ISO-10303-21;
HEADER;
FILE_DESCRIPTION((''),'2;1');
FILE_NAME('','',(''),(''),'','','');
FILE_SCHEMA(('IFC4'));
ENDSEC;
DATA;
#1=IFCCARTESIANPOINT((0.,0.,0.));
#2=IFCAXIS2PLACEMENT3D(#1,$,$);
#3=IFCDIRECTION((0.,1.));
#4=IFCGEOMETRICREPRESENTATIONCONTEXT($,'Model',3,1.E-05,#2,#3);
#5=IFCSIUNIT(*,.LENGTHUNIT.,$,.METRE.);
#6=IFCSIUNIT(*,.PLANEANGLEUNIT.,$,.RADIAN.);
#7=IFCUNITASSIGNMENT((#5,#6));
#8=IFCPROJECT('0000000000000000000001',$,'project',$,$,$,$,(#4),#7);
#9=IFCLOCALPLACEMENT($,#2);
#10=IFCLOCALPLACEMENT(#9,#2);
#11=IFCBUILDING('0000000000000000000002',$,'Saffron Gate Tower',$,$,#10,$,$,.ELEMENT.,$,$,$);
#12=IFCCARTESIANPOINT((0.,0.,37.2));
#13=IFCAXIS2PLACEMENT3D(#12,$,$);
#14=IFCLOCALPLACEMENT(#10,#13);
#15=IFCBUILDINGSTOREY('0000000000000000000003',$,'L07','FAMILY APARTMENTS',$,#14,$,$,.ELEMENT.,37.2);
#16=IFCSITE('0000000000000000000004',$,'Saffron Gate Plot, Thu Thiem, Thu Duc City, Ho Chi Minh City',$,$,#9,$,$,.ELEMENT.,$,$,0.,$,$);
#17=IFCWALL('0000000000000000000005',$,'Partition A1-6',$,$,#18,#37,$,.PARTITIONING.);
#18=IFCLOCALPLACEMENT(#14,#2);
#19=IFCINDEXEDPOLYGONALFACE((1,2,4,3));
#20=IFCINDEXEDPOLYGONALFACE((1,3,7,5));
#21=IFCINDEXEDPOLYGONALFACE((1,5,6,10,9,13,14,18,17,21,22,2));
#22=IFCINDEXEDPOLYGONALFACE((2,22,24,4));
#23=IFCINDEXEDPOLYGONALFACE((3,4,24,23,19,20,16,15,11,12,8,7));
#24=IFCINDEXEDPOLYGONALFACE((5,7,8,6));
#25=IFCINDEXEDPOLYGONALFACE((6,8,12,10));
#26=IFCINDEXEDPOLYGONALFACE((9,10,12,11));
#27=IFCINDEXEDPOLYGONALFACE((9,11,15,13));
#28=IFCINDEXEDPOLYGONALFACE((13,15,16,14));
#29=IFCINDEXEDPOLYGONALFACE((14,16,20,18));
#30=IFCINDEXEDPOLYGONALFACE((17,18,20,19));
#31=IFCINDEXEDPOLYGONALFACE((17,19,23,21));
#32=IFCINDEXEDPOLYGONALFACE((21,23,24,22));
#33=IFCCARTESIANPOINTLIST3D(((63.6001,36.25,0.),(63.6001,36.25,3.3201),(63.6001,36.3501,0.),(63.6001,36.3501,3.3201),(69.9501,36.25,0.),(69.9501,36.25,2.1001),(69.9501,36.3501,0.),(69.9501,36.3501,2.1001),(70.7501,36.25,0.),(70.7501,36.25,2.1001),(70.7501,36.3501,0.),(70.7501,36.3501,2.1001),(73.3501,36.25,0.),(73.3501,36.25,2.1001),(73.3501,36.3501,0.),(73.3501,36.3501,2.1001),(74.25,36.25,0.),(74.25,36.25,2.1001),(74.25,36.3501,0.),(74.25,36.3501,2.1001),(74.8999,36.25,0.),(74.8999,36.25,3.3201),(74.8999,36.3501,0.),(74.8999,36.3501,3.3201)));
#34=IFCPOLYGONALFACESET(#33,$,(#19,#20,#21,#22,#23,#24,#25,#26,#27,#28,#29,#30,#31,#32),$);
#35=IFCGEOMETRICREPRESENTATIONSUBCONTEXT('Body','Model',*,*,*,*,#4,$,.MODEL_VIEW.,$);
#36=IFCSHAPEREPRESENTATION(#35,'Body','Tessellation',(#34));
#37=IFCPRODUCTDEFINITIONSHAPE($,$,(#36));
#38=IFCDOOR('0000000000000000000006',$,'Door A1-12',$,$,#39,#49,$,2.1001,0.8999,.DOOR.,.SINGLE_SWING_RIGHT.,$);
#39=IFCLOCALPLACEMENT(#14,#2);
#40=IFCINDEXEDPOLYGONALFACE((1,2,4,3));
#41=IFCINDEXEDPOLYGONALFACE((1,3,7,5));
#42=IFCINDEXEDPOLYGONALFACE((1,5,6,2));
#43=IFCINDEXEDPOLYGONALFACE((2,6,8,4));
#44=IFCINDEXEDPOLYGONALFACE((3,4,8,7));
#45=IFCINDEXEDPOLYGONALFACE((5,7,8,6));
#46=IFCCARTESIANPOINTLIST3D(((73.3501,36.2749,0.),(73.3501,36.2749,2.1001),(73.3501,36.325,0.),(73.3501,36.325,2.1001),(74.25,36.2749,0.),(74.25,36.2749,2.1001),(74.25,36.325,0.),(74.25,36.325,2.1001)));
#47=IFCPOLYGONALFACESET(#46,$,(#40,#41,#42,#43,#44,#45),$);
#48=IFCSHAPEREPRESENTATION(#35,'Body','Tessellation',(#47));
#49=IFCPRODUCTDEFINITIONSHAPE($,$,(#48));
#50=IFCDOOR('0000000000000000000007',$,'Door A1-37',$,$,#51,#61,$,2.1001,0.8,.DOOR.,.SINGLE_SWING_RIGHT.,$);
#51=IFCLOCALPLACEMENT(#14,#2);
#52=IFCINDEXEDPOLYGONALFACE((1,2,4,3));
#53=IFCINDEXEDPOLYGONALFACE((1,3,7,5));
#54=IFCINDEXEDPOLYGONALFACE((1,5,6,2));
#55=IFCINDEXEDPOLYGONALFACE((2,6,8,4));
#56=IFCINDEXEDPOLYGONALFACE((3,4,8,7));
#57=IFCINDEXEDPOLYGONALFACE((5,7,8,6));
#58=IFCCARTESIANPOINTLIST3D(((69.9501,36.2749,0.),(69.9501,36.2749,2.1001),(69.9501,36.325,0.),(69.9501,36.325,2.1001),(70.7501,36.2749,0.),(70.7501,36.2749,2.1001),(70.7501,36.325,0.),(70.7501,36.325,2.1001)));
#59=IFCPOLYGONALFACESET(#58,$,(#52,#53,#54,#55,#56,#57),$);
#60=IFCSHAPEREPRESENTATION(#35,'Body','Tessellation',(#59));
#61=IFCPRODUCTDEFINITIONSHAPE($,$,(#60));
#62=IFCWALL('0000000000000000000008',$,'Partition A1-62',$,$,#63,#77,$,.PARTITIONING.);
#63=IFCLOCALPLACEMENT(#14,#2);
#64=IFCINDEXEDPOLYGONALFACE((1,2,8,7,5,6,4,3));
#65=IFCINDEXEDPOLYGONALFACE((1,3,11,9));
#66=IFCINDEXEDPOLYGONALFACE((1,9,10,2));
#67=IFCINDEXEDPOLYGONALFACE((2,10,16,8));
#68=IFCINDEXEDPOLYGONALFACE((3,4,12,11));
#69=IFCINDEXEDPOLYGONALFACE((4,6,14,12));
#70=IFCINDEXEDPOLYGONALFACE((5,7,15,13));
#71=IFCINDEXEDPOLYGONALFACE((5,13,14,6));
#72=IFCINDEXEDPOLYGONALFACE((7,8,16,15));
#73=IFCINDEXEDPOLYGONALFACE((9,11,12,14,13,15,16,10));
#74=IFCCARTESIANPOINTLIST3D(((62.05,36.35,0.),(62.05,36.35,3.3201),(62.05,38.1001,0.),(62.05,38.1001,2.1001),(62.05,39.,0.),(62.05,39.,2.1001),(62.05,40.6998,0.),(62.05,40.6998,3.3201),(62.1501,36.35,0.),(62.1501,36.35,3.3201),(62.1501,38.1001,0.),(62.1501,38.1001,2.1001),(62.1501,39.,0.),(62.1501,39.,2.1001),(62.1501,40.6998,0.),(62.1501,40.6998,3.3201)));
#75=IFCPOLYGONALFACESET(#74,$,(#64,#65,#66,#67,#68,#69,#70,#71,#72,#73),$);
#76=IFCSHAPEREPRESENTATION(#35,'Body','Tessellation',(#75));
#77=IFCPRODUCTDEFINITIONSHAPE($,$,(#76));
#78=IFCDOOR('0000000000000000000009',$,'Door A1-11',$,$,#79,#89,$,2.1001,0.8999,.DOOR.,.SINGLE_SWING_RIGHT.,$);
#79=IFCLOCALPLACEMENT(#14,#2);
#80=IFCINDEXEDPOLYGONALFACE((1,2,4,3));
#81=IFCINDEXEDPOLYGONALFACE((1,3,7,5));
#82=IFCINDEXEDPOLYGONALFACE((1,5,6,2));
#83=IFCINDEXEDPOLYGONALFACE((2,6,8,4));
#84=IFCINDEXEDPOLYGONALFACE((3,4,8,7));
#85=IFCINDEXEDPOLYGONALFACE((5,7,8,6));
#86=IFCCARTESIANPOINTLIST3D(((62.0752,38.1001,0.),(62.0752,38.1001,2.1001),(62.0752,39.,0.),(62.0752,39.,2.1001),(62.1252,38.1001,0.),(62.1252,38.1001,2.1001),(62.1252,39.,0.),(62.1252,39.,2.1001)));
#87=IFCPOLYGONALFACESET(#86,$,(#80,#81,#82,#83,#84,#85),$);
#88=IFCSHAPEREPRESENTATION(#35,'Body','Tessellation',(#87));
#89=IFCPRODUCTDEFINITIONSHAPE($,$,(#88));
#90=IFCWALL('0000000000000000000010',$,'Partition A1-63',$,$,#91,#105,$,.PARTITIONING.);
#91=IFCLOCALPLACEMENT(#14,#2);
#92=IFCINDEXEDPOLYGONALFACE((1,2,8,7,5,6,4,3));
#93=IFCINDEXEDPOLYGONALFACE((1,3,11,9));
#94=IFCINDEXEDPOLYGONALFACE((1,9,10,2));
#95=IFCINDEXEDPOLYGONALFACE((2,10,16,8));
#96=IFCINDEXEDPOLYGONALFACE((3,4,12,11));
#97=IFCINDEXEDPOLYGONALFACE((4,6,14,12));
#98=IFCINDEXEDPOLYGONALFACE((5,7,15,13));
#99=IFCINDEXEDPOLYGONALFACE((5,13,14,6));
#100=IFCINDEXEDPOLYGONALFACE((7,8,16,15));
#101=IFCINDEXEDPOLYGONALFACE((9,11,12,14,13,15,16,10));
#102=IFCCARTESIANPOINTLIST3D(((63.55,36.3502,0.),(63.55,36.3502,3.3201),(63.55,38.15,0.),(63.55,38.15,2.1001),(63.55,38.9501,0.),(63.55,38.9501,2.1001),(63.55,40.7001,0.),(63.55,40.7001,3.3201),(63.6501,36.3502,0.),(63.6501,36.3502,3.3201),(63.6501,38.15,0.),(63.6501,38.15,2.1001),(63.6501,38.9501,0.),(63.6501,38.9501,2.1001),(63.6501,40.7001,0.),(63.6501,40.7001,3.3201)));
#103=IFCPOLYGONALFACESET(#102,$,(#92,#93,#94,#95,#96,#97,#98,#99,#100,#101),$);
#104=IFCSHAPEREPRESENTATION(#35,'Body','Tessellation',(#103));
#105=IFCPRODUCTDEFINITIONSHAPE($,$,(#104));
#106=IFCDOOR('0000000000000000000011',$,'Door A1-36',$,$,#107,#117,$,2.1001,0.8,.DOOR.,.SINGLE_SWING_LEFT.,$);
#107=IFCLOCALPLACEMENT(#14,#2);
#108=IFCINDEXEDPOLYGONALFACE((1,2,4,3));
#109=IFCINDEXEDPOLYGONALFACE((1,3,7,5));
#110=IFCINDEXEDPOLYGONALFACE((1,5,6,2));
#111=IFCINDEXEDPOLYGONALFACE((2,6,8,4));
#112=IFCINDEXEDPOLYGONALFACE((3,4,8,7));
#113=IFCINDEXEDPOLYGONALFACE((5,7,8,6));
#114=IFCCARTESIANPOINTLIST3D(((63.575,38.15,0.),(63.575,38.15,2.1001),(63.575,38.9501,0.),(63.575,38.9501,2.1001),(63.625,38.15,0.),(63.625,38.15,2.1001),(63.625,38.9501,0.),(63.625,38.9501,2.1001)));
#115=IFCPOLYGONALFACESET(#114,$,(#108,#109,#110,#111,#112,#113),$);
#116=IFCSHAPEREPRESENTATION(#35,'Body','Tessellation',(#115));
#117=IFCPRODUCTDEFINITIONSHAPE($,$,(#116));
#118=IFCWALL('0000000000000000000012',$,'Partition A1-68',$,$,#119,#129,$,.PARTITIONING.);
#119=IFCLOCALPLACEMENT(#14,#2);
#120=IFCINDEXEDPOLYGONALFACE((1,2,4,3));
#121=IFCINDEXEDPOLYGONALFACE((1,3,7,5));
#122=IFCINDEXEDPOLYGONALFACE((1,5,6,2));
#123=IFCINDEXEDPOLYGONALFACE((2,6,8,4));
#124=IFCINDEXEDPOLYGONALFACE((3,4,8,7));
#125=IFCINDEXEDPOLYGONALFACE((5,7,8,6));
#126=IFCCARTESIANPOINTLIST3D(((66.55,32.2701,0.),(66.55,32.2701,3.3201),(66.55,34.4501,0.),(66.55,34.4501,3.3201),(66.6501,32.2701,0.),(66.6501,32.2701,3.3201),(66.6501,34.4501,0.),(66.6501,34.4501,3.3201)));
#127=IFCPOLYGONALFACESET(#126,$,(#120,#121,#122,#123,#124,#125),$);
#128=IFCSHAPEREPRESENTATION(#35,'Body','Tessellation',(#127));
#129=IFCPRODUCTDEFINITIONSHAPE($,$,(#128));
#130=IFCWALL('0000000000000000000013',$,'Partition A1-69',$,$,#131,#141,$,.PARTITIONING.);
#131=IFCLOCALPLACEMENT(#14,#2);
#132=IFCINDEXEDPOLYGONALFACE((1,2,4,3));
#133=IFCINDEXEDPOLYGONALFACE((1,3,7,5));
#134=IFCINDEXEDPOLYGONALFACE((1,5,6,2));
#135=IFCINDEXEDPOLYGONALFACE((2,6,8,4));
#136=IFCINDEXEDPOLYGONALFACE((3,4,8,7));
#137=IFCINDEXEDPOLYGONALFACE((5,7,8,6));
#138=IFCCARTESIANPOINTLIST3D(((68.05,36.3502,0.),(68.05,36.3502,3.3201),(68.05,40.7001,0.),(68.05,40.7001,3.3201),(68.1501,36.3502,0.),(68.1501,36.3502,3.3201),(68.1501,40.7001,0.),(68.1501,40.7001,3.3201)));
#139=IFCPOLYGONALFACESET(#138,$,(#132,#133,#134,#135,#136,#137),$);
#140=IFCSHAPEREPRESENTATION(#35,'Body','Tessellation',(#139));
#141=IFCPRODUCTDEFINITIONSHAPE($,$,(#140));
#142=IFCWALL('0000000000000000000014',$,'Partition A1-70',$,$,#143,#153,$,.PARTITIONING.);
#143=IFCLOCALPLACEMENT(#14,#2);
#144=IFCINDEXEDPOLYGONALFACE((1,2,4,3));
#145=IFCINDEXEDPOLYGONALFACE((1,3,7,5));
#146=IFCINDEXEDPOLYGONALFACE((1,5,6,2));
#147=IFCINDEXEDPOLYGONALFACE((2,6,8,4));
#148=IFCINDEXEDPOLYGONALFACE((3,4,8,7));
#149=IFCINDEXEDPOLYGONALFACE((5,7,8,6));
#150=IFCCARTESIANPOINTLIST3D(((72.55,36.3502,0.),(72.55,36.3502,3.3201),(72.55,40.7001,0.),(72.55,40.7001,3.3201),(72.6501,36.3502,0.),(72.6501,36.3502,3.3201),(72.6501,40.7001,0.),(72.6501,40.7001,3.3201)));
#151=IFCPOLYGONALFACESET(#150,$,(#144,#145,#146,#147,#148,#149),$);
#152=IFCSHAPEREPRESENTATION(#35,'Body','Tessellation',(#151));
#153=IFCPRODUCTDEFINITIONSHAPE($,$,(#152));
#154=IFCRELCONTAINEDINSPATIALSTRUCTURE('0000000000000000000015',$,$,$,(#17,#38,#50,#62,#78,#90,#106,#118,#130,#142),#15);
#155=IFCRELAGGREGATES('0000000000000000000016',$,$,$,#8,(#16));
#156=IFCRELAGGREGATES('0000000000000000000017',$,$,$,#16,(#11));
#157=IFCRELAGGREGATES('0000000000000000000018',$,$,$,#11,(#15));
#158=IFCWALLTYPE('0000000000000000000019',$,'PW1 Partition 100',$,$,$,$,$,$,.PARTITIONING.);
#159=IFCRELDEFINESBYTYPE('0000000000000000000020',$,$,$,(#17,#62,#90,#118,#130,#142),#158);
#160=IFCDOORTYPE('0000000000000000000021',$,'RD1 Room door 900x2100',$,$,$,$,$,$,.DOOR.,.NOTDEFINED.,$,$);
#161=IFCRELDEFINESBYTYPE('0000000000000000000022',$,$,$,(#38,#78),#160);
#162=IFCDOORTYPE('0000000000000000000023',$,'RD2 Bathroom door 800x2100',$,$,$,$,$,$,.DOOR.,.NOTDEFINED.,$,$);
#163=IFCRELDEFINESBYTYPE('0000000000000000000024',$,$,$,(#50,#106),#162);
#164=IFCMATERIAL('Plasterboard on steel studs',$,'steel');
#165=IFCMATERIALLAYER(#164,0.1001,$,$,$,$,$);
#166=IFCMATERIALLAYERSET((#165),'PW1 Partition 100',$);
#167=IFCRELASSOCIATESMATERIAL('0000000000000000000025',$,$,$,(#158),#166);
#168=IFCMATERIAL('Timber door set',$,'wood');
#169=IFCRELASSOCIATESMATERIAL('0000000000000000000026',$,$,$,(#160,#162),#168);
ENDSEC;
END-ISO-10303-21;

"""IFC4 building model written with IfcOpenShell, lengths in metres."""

from ifc_helpers import new_model, si_unit, direction, frame, frame_2d, origin, place, context, subcontext, project, spatial, rectangle, extrude, material, layer, layer_set, type_object, element, fill, save


model = new_model("IFC4")

# Units and contexts
model_context = context("Model", 3, precision=1e-05, world=origin(), true_north=direction((0.0, 1.0)))
body_context = subcontext(model_context, "Body", "Model", "MODEL_VIEW")
ifc_project = project(units=[si_unit("LENGTHUNIT", "METRE"), si_unit("PLANEANGLEUNIT", "RADIAN")], contexts=[model_context])

# Site, building, storey
site_placement = place(None, origin())
site = spatial("IfcSite", under=ifc_project, at=site_placement, Name="Saffron Gate Plot, Thu Thiem, Thu Duc City, Ho Chi Minh City", CompositionType="ELEMENT", RefElevation=0.0)
building_placement = place(site_placement, origin())
building = spatial("IfcBuilding", under=site, at=building_placement, Name="Saffron Gate Tower", CompositionType="ELEMENT")
storey_placement = place(building_placement, frame((0.0, 0.0, 37.2)))
storey = spatial("IfcBuildingStorey", under=building, at=storey_placement, Name="L07", Description="FAMILY APARTMENTS", CompositionType="ELEMENT", Elevation=37.2)

# Wall, openings, doors
ifc_material_1 = material(Name="Plasterboard on steel studs", Category="steel")
ifc_layer_1 = layer(ifc_material_1, 0.1001)
ifc_layer_set_1 = layer_set([ifc_layer_1], Name="PW1 Partition 100")
wall_type_1 = type_object("IfcWallType", Name="PW1 Partition 100", PredefinedType="PARTITIONING", material=ifc_layer_set_1)
ifc_material_2 = material(Name="Timber door set", Category="wood")
door_type_1 = type_object("IfcDoorType", Name="RD1 Room door 900x2100", OperationType="NOTDEFINED", PredefinedType="DOOR", material=ifc_material_2)
wall_1_placement = place(storey_placement, frame((63.6001, 36.3, 0.0), z_axis=(0.0, 0.0, 1.0), x_axis=(1.0, 0.0, 0.0)))
wall_1 = element("IfcWall", 1, at=wall_1_placement, inside=storey, type_object=wall_type_1, Name="Partition A1-6", PredefinedType="PARTITIONING", context=body_context, shape_type="SweptSolid", body=[
    extrude(rectangle(XDim=11.2998, YDim=0.1001, at=frame_2d((5.6499, 0.0))), origin(), (0.0, 0.0, 1.0), 3.3201),
])
opening_1_placement = place(wall_1_placement, frame((6.3501, 0.0, 0.0)))
opening_1 = element("IfcOpeningElement", 2, at=opening_1_placement, cuts=wall_1, PredefinedType="OPENING", context=body_context, shape_type="SweptSolid", body=[
    extrude(rectangle(XDim=0.8, YDim=2.1001, at=frame_2d((0.3999, 1.05))), frame((0.0, 0.0601, 0.0), z_axis=(0.0, -1.0, 0.0), x_axis=(1.0, 0.0, 0.0)), (0.0, 0.0, 1.0), 0.1201),
])
opening_2_placement = place(wall_1_placement, frame((9.75, 0.0, 0.0)))
opening_2 = element("IfcOpeningElement", 3, at=opening_2_placement, cuts=wall_1, PredefinedType="OPENING", context=body_context, shape_type="SweptSolid", body=[
    extrude(rectangle(XDim=0.8999, YDim=2.1001, at=frame_2d((0.45, 1.05))), frame((0.0, 0.0601, 0.0), z_axis=(0.0, -1.0, 0.0), x_axis=(1.0, 0.0, 0.0)), (0.0, 0.0, 1.0), 0.1201),
])
door_1_placement = place(opening_2_placement, origin())
door_1 = element("IfcDoor", 4, at=door_1_placement, inside=storey, type_object=door_type_1, Name="Door A1-12", OperationType="SINGLE_SWING_RIGHT", OverallHeight=2.1001, OverallWidth=0.8999, PredefinedType="DOOR", context=body_context, shape_type="SweptSolid", body=[
    extrude(rectangle(XDim=0.8999, YDim=2.1001, at=frame_2d((0.45, 1.05))), frame((0.0, 0.0249, 0.0), z_axis=(0.0, -1.0, 0.0), x_axis=(1.0, 0.0, 0.0)), (0.0, 0.0, 1.0), 0.05),
])
fill(opening_2, door_1)
door_type_2 = type_object("IfcDoorType", Name="RD2 Bathroom door 800x2100", OperationType="NOTDEFINED", PredefinedType="DOOR", material=ifc_material_2)
door_2_placement = place(opening_1_placement, origin())
door_2 = element("IfcDoor", 5, at=door_2_placement, inside=storey, type_object=door_type_2, Name="Door A1-37", OperationType="SINGLE_SWING_RIGHT", OverallHeight=2.1001, OverallWidth=0.8, PredefinedType="DOOR", context=body_context, shape_type="SweptSolid", body=[
    extrude(rectangle(XDim=0.8, YDim=2.1001, at=frame_2d((0.3999, 1.05))), frame((0.0, 0.0249, 0.0), z_axis=(0.0, -1.0, 0.0), x_axis=(1.0, 0.0, 0.0)), (0.0, 0.0, 1.0), 0.05),
])
fill(opening_1, door_2)

# Walls, openings, doors
wall_2_placement = place(storey_placement, frame((62.1001, 36.3501, 0.0), z_axis=(0.0, 0.0, 1.0), x_axis=(0.0, 1.0, 0.0)))
wall_2 = element("IfcWall", 6, at=wall_2_placement, inside=storey, type_object=wall_type_1, Name="Partition A1-62", PredefinedType="PARTITIONING", context=body_context, shape_type="SweptSolid", body=[
    extrude(rectangle(XDim=4.3499, YDim=0.1001, at=frame_2d((2.1748, 0.0))), origin(), (0.0, 0.0, 1.0), 3.3201),
])
opening_3_placement = place(wall_2_placement, frame((1.75, 0.0, 0.0)))
opening_3 = element("IfcOpeningElement", 7, at=opening_3_placement, cuts=wall_2, PredefinedType="OPENING", context=body_context, shape_type="SweptSolid", body=[
    extrude(rectangle(XDim=0.8999, YDim=2.1001, at=frame_2d((0.45, 1.05))), frame((0.0, 0.0601, 0.0), z_axis=(0.0, -1.0, 0.0), x_axis=(1.0, 0.0, 0.0)), (0.0, 0.0, 1.0), 0.1201),
])
door_3_placement = place(opening_3_placement, origin())
door_3 = element("IfcDoor", 8, at=door_3_placement, inside=storey, type_object=door_type_1, Name="Door A1-11", OperationType="SINGLE_SWING_RIGHT", OverallHeight=2.1001, OverallWidth=0.8999, PredefinedType="DOOR", context=body_context, shape_type="SweptSolid", body=[
    extrude(rectangle(XDim=0.8999, YDim=2.1001, at=frame_2d((0.45, 1.05))), frame((0.0, 0.0249, 0.0), z_axis=(0.0, -1.0, 0.0), x_axis=(1.0, 0.0, 0.0)), (0.0, 0.0, 1.0), 0.05),
])
fill(opening_3, door_3)
wall_3_placement = place(storey_placement, frame((63.6001, 40.7, 0.0), z_axis=(0.0, 0.0, 1.0), x_axis=(0.0, -1.0, 0.0)))
wall_3 = element("IfcWall", 9, at=wall_3_placement, inside=storey, type_object=wall_type_1, Name="Partition A1-63", PredefinedType="PARTITIONING", context=body_context, shape_type="SweptSolid", body=[
    extrude(rectangle(XDim=4.3499, YDim=0.1001, at=frame_2d((2.1748, 0.0))), origin(), (0.0, 0.0, 1.0), 3.3201),
])
opening_4_placement = place(wall_3_placement, frame((1.75, 0.0, 0.0)))
opening_4 = element("IfcOpeningElement", 10, at=opening_4_placement, cuts=wall_3, PredefinedType="OPENING", context=body_context, shape_type="SweptSolid", body=[
    extrude(rectangle(XDim=0.8, YDim=2.1001, at=frame_2d((0.3999, 1.05))), frame((0.0, 0.0601, 0.0), z_axis=(0.0, -1.0, 0.0), x_axis=(1.0, 0.0, 0.0)), (0.0, 0.0, 1.0), 0.1201),
])
door_4_placement = place(opening_4_placement, origin())
door_4 = element("IfcDoor", 11, at=door_4_placement, inside=storey, type_object=door_type_2, Name="Door A1-36", OperationType="SINGLE_SWING_LEFT", OverallHeight=2.1001, OverallWidth=0.8, PredefinedType="DOOR", context=body_context, shape_type="SweptSolid", body=[
    extrude(rectangle(XDim=0.8, YDim=2.1001, at=frame_2d((0.3999, 1.05))), frame((0.0, 0.0249, 0.0), z_axis=(0.0, -1.0, 0.0), x_axis=(1.0, 0.0, 0.0)), (0.0, 0.0, 1.0), 0.05),
])
fill(opening_4, door_4)

# Walls
wall_4_placement = place(storey_placement, frame((66.6001, 34.45, 0.0), z_axis=(0.0, 0.0, 1.0), x_axis=(0.0, -1.0, 0.0)))
element("IfcWall", 12, at=wall_4_placement, inside=storey, type_object=wall_type_1, Name="Partition A1-68", PredefinedType="PARTITIONING", context=body_context, shape_type="SweptSolid", body=[
    extrude(rectangle(XDim=2.1799, YDim=0.1001, at=frame_2d((1.0898, 0.0))), origin(), (0.0, 0.0, 1.0), 3.3201),
])
for number, where, z_axis, x_axis, name in (
    (13, (68.1001, 40.7, 0.0), (0.0, 0.0, 1.0), (0.0, -1.0, 0.0), "Partition A1-69"),
    (14, (72.6001, 40.7, 0.0), (0.0, 0.0, 1.0), (0.0, -1.0, 0.0), "Partition A1-70"),
):
    element("IfcWall", number, at=place(storey_placement, frame(where, z_axis=z_axis, x_axis=x_axis)), inside=storey, type_object=wall_type_1, Name=name, PredefinedType="PARTITIONING", context=body_context, shape_type="SweptSolid", body=[
        extrude(rectangle(XDim=4.3499, YDim=0.1001, at=frame_2d((2.1748, 0.0))), origin(), (0.0, 0.0, 1.0), 3.3201),
    ])

save(model, "model.ifc")
